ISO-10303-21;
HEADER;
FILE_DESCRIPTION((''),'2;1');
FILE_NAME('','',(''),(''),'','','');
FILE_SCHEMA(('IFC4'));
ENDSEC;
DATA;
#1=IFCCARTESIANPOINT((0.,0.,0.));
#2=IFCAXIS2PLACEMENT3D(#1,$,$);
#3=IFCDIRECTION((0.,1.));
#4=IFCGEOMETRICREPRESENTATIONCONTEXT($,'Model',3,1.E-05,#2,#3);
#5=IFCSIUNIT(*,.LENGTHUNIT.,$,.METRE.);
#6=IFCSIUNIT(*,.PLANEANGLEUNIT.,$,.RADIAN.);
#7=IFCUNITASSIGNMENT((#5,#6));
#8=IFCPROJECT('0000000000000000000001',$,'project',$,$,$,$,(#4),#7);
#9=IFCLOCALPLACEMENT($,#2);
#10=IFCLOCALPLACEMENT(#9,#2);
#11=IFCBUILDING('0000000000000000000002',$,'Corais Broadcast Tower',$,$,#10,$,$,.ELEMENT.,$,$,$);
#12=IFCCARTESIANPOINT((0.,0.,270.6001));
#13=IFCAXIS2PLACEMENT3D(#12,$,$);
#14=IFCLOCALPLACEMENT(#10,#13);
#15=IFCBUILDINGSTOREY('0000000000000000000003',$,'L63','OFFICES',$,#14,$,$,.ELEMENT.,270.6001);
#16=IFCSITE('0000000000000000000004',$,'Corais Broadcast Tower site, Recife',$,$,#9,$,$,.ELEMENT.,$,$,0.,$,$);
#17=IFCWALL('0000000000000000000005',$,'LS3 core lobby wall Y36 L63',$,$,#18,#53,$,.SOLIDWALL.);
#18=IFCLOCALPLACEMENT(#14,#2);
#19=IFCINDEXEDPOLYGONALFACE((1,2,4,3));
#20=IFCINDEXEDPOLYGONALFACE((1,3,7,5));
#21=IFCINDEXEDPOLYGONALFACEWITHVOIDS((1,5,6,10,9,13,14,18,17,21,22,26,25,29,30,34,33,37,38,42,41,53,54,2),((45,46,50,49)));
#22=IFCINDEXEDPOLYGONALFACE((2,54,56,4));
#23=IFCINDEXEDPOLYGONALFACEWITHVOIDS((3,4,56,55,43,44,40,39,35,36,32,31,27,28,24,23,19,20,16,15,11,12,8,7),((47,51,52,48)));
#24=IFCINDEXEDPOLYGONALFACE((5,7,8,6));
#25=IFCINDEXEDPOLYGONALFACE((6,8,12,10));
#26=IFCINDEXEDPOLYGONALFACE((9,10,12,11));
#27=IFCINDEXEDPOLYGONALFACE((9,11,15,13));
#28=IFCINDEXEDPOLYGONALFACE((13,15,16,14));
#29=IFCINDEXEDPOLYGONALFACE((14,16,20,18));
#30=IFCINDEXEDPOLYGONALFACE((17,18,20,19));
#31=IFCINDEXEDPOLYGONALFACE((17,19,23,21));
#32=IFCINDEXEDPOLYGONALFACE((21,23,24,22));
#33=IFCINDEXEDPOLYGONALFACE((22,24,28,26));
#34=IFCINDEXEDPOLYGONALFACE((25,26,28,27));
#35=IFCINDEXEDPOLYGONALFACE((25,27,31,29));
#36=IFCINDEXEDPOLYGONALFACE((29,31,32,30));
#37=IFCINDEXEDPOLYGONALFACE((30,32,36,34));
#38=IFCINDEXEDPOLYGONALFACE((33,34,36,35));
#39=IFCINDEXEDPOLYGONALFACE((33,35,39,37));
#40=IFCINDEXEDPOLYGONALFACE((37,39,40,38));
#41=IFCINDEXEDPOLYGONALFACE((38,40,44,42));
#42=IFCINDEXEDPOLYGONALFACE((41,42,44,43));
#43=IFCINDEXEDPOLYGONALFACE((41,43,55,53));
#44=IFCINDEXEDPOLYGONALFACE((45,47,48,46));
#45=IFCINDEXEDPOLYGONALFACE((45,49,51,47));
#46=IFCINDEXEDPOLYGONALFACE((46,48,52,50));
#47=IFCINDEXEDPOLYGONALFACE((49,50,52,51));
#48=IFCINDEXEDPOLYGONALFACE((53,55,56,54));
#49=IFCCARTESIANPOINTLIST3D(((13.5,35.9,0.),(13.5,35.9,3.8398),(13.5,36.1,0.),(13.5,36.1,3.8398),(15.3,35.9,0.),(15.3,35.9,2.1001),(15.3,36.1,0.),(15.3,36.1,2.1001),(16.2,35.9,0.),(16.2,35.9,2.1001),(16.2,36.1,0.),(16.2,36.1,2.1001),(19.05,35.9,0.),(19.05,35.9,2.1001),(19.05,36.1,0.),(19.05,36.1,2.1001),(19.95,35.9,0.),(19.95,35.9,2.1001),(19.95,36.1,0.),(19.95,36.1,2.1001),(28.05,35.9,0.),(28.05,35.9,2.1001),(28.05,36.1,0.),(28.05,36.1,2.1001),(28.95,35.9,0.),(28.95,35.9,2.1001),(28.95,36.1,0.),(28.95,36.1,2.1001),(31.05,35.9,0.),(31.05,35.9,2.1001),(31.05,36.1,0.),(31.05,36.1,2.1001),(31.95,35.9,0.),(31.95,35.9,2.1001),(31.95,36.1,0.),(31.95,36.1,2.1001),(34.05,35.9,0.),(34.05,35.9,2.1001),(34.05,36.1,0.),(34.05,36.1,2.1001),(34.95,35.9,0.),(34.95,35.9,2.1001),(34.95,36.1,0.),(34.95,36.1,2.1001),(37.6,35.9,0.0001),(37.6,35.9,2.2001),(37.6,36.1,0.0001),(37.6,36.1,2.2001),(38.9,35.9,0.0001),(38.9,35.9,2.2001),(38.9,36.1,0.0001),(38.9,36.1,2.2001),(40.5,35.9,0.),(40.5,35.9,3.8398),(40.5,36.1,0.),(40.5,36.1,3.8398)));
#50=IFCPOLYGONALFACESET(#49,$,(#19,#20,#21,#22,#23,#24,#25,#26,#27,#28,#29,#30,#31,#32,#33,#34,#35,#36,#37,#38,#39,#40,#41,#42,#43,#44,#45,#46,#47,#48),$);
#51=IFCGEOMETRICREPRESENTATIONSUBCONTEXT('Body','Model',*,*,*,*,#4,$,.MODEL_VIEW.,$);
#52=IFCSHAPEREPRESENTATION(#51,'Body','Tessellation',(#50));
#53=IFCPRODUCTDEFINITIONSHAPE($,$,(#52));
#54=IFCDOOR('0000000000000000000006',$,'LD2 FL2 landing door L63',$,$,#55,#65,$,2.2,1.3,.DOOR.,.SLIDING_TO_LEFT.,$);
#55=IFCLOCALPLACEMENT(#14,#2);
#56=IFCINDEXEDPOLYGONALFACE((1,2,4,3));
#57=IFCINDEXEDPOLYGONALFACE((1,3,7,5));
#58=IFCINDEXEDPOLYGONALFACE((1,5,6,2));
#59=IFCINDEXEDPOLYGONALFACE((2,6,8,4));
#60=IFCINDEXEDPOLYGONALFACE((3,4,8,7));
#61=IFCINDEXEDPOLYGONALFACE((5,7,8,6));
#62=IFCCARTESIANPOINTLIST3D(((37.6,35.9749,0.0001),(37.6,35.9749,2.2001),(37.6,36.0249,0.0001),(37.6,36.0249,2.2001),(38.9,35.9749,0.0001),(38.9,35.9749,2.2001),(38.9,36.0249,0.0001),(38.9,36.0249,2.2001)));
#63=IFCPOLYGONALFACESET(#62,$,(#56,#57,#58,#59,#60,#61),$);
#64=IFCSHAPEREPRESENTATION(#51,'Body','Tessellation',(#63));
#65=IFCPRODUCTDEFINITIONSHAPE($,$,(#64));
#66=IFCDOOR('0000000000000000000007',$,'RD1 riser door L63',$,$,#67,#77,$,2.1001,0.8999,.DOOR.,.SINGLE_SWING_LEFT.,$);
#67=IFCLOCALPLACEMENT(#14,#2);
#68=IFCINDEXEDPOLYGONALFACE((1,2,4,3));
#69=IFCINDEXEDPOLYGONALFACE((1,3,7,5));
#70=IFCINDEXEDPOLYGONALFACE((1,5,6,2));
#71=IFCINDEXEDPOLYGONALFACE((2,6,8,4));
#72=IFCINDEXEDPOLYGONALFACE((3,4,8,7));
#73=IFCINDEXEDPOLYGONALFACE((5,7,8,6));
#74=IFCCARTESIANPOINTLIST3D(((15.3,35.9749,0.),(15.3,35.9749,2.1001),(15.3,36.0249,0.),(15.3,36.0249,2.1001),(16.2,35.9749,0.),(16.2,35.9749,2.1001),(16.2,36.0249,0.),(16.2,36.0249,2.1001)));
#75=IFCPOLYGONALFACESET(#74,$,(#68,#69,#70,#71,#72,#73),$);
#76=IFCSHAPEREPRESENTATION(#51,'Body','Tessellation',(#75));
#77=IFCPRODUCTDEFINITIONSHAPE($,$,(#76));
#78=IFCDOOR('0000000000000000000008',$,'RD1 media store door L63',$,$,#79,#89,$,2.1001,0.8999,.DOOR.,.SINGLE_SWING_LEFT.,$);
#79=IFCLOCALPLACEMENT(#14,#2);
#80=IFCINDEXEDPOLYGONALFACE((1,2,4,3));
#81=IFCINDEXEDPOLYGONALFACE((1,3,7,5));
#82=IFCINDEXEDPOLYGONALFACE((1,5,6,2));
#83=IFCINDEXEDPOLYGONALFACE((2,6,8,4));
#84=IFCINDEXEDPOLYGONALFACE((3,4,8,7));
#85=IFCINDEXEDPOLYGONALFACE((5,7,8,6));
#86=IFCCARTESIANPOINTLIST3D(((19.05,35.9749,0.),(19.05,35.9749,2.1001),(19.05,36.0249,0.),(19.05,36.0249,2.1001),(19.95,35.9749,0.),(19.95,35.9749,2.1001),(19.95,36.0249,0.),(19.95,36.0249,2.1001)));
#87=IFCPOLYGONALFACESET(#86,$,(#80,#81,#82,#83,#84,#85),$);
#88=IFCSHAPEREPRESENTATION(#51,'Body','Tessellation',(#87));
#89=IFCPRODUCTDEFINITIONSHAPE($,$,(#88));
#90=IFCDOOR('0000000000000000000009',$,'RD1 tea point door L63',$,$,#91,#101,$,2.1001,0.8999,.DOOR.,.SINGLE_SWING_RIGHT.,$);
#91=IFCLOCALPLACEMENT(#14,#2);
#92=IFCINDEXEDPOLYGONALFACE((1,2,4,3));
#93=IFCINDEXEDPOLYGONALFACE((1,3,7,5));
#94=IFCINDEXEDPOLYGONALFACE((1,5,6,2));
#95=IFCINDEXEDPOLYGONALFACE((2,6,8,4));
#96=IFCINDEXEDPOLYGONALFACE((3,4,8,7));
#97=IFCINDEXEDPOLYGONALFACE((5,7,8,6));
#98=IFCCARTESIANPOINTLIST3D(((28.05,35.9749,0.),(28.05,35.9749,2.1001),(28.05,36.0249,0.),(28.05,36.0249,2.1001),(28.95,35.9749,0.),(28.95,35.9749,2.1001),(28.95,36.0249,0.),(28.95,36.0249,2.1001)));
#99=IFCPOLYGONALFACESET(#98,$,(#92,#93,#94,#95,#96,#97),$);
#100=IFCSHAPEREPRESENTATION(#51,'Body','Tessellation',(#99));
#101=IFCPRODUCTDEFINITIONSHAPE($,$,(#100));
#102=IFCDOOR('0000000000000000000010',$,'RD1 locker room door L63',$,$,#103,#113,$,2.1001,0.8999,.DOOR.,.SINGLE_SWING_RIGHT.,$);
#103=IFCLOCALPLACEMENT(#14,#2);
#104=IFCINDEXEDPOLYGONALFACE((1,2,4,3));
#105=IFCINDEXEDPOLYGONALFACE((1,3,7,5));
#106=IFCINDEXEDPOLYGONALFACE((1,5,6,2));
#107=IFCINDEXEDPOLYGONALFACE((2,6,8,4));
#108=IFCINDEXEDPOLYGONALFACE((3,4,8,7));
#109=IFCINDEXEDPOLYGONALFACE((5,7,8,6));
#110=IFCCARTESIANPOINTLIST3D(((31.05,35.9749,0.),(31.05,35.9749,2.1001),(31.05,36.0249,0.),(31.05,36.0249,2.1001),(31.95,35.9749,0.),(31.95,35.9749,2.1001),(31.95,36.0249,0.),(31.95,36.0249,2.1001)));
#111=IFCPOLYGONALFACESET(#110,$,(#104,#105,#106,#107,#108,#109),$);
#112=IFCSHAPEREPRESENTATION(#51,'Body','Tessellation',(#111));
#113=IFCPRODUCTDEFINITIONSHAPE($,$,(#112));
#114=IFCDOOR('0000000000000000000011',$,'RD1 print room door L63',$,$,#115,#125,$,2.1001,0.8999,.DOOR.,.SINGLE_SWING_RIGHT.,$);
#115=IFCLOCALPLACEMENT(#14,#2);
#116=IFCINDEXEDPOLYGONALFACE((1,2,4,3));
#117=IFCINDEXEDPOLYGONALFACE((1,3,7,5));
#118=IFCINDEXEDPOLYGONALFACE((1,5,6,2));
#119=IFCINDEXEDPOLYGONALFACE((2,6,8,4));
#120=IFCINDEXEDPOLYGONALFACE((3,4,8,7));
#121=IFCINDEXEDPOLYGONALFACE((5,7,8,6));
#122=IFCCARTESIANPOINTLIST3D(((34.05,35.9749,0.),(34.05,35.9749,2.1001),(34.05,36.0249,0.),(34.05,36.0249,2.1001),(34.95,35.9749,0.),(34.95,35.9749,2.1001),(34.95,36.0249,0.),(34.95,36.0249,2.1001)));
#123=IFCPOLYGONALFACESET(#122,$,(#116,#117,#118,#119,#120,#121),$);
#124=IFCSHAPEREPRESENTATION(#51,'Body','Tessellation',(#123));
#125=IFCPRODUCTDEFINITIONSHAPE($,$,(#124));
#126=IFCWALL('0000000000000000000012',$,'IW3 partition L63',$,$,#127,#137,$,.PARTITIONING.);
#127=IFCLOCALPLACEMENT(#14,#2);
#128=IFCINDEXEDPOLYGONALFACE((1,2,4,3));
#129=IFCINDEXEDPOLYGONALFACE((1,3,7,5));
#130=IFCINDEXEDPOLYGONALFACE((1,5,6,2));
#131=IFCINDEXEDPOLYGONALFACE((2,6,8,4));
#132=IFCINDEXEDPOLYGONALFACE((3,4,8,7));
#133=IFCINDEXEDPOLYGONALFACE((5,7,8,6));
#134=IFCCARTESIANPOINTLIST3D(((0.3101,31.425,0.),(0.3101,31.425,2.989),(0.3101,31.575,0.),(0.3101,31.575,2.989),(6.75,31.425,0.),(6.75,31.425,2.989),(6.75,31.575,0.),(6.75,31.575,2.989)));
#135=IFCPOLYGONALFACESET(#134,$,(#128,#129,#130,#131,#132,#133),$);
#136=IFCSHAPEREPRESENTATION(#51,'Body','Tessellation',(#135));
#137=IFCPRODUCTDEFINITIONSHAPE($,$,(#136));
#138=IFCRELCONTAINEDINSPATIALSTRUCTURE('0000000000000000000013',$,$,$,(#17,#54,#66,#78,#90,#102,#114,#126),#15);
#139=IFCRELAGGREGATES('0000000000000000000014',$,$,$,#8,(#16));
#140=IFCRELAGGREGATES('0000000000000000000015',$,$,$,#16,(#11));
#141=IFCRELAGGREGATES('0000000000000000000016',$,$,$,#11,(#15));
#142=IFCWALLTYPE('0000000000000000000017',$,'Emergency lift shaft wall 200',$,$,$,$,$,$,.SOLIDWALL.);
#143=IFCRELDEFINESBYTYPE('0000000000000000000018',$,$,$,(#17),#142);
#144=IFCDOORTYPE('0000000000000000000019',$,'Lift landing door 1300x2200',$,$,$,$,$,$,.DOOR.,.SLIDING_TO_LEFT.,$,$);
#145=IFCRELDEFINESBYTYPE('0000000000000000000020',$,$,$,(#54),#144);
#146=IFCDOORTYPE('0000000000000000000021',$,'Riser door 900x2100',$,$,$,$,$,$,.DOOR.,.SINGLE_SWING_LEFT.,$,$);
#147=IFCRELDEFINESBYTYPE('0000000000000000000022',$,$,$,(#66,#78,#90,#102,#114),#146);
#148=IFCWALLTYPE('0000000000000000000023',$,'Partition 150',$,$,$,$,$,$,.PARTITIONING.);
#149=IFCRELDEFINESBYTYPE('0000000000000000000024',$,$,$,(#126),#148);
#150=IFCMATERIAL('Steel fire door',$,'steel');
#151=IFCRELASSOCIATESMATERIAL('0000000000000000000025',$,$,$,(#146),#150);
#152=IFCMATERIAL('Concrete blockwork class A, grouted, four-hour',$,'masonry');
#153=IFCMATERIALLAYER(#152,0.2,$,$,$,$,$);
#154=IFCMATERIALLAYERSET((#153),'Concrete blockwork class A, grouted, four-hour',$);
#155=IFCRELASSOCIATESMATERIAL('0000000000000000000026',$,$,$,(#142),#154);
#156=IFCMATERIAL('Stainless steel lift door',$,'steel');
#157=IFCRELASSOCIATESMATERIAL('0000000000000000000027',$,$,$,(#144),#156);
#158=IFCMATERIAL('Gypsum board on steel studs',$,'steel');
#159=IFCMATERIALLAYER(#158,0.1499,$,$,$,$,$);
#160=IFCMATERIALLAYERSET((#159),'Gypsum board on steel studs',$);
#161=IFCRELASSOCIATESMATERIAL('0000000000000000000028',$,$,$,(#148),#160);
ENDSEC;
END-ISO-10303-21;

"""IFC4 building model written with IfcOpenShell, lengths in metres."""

from ifc_helpers import new_model, si_unit, direction, frame, frame_2d, origin, place, context, subcontext, project, spatial, rectangle, extrude, material, layer, layer_set, type_object, element, fill, save


model = new_model("IFC4")

# Units and contexts
model_context = context("Model", 3, precision=1e-05, world=origin(), true_north=direction((0.0, 1.0)))
body_context = subcontext(model_context, "Body", "Model", "MODEL_VIEW")
ifc_project = project(units=[si_unit("LENGTHUNIT", "METRE"), si_unit("PLANEANGLEUNIT", "RADIAN")], contexts=[model_context])

# Site, building, storey
site_placement = place(None, origin())
site = spatial("IfcSite", under=ifc_project, at=site_placement, Name="Corais Broadcast Tower site, Recife", CompositionType="ELEMENT", RefElevation=0.0)
building_placement = place(site_placement, origin())
building = spatial("IfcBuilding", under=site, at=building_placement, Name="Corais Broadcast Tower", CompositionType="ELEMENT")
storey_placement = place(building_placement, frame((0.0, 0.0, 270.6001)))
storey = spatial("IfcBuildingStorey", under=building, at=storey_placement, Name="L63", Description="OFFICES", CompositionType="ELEMENT", Elevation=270.6001)

# Wall, openings, doors
ifc_material_1 = material(Name="Steel fire door", Category="steel")
door_type_1 = type_object("IfcDoorType", Name="Riser door 900x2100", OperationType="SINGLE_SWING_LEFT", PredefinedType="DOOR", material=ifc_material_1)
ifc_material_2 = material(Name="Concrete blockwork class A, grouted, four-hour", Category="masonry")
ifc_layer_1 = layer(ifc_material_2, 0.2)
ifc_layer_set_1 = layer_set([ifc_layer_1], Name="Concrete blockwork class A, grouted, four-hour")
wall_type_1 = type_object("IfcWallType", Name="Emergency lift shaft wall 200", PredefinedType="SOLIDWALL", material=ifc_layer_set_1)
wall_1_placement = place(storey_placement, frame((13.5, 36.0, 0.0), z_axis=(0.0, 0.0, 1.0), x_axis=(1.0, 0.0, 0.0)))
wall_1 = element("IfcWall", 1, at=wall_1_placement, inside=storey, type_object=wall_type_1, Name="LS3 core lobby wall Y36 L63", PredefinedType="SOLIDWALL", context=body_context, shape_type="SweptSolid", body=[
    extrude(rectangle(XDim=27.0, YDim=0.2, at=frame_2d((13.5, 0.0))), origin(), (0.0, 0.0, 1.0), 3.8398),
])
opening_1_placement = place(wall_1_placement, frame((1.8, 0.0, 0.0)))
opening_1 = element("IfcOpeningElement", 2, at=opening_1_placement, cuts=wall_1, PredefinedType="OPENING", context=body_context, shape_type="SweptSolid", body=[
    extrude(rectangle(XDim=0.8999, YDim=2.1001, at=frame_2d((0.45, 1.05))), frame((0.0, 0.1099, 0.0), z_axis=(0.0, -1.0, 0.0), x_axis=(1.0, 0.0, 0.0)), (0.0, 0.0, 1.0), 0.22),
])
opening_2_placement = place(wall_1_placement, frame((5.55, 0.0, 0.0)))
opening_2 = element("IfcOpeningElement", 3, at=opening_2_placement, cuts=wall_1, PredefinedType="OPENING", context=body_context, shape_type="SweptSolid", body=[
    extrude(rectangle(XDim=0.8999, YDim=2.1001, at=frame_2d((0.45, 1.05))), frame((0.0, 0.1099, 0.0), z_axis=(0.0, -1.0, 0.0), x_axis=(1.0, 0.0, 0.0)), (0.0, 0.0, 1.0), 0.22),
])
opening_3_placement = place(wall_1_placement, frame((14.55, 0.0, 0.0)))
opening_3 = element("IfcOpeningElement", 4, at=opening_3_placement, cuts=wall_1, PredefinedType="OPENING", context=body_context, shape_type="SweptSolid", body=[
    extrude(rectangle(XDim=0.8999, YDim=2.1001, at=frame_2d((0.45, 1.05))), frame((0.0, 0.1099, 0.0), z_axis=(0.0, -1.0, 0.0), x_axis=(1.0, 0.0, 0.0)), (0.0, 0.0, 1.0), 0.22),
])
opening_4_placement = place(wall_1_placement, frame((17.55, 0.0, 0.0)))
opening_4 = element("IfcOpeningElement", 5, at=opening_4_placement, cuts=wall_1, PredefinedType="OPENING", context=body_context, shape_type="SweptSolid", body=[
    extrude(rectangle(XDim=0.8999, YDim=2.1001, at=frame_2d((0.45, 1.05))), frame((0.0, 0.1099, 0.0), z_axis=(0.0, -1.0, 0.0), x_axis=(1.0, 0.0, 0.0)), (0.0, 0.0, 1.0), 0.22),
])
opening_5_placement = place(wall_1_placement, frame((20.55, 0.0, 0.0)))
opening_5 = element("IfcOpeningElement", 6, at=opening_5_placement, cuts=wall_1, PredefinedType="OPENING", context=body_context, shape_type="SweptSolid", body=[
    extrude(rectangle(XDim=0.8999, YDim=2.1001, at=frame_2d((0.45, 1.05))), frame((0.0, 0.1099, 0.0), z_axis=(0.0, -1.0, 0.0), x_axis=(1.0, 0.0, 0.0)), (0.0, 0.0, 1.0), 0.22),
])
opening_6_placement = place(wall_1_placement, frame((24.1001, 0.0, 0.0)))
opening_6 = element("IfcOpeningElement", 7, at=opening_6_placement, cuts=wall_1, PredefinedType="OPENING", context=body_context, shape_type="SweptSolid", body=[
    extrude(rectangle(XDim=1.3, YDim=2.2, at=frame_2d((0.6499, 1.1001))), frame((0.0, 0.1099, 0.0), z_axis=(0.0, -1.0, 0.0), x_axis=(1.0, 0.0, 0.0)), (0.0, 0.0, 1.0), 0.22),
])
ifc_material_3 = material(Name="Stainless steel lift door", Category="steel")
door_type_2 = type_object("IfcDoorType", Name="Lift landing door 1300x2200", OperationType="SLIDING_TO_LEFT", PredefinedType="DOOR", material=ifc_material_3)
door_1_placement = place(opening_6_placement, origin())
door_1 = element("IfcDoor", 8, at=door_1_placement, inside=storey, type_object=door_type_2, Name="LD2 FL2 landing door L63", OperationType="SLIDING_TO_LEFT", OverallHeight=2.2, OverallWidth=1.3, PredefinedType="DOOR", context=body_context, shape_type="SweptSolid", body=[
    extrude(rectangle(XDim=1.3, YDim=2.2, at=frame_2d((0.6499, 1.1001))), frame((0.0, 0.0249, 0.0), z_axis=(0.0, -1.0, 0.0), x_axis=(1.0, 0.0, 0.0)), (0.0, 0.0, 1.0), 0.05),
])
fill(opening_6, door_1)
door_2_placement = place(opening_1_placement, origin())
door_2 = element("IfcDoor", 9, at=door_2_placement, inside=storey, type_object=door_type_1, Name="RD1 riser door L63", OperationType="SINGLE_SWING_LEFT", OverallHeight=2.1001, OverallWidth=0.8999, PredefinedType="DOOR", context=body_context, shape_type="SweptSolid", body=[
    extrude(rectangle(XDim=0.8999, YDim=2.1001, at=frame_2d((0.45, 1.05))), frame((0.0, 0.0249, 0.0), z_axis=(0.0, -1.0, 0.0), x_axis=(1.0, 0.0, 0.0)), (0.0, 0.0, 1.0), 0.05),
])
fill(opening_1, door_2)
door_3_placement = place(opening_2_placement, origin())
door_3 = element("IfcDoor", 10, at=door_3_placement, inside=storey, type_object=door_type_1, Name="RD1 media store door L63", OperationType="SINGLE_SWING_LEFT", OverallHeight=2.1001, OverallWidth=0.8999, PredefinedType="DOOR", context=body_context, shape_type="SweptSolid", body=[
    extrude(rectangle(XDim=0.8999, YDim=2.1001, at=frame_2d((0.45, 1.05))), frame((0.0, 0.0249, 0.0), z_axis=(0.0, -1.0, 0.0), x_axis=(1.0, 0.0, 0.0)), (0.0, 0.0, 1.0), 0.05),
])
fill(opening_2, door_3)
door_4_placement = place(opening_3_placement, origin())
door_4 = element("IfcDoor", 11, at=door_4_placement, inside=storey, type_object=door_type_1, Name="RD1 tea point door L63", OperationType="SINGLE_SWING_RIGHT", OverallHeight=2.1001, OverallWidth=0.8999, PredefinedType="DOOR", context=body_context, shape_type="SweptSolid", body=[
    extrude(rectangle(XDim=0.8999, YDim=2.1001, at=frame_2d((0.45, 1.05))), frame((0.0, 0.0249, 0.0), z_axis=(0.0, -1.0, 0.0), x_axis=(1.0, 0.0, 0.0)), (0.0, 0.0, 1.0), 0.05),
])
fill(opening_3, door_4)
door_5_placement = place(opening_4_placement, origin())
door_5 = element("IfcDoor", 12, at=door_5_placement, inside=storey, type_object=door_type_1, Name="RD1 locker room door L63", OperationType="SINGLE_SWING_RIGHT", OverallHeight=2.1001, OverallWidth=0.8999, PredefinedType="DOOR", context=body_context, shape_type="SweptSolid", body=[
    extrude(rectangle(XDim=0.8999, YDim=2.1001, at=frame_2d((0.45, 1.05))), frame((0.0, 0.0249, 0.0), z_axis=(0.0, -1.0, 0.0), x_axis=(1.0, 0.0, 0.0)), (0.0, 0.0, 1.0), 0.05),
])
fill(opening_4, door_5)
door_6_placement = place(opening_5_placement, origin())
door_6 = element("IfcDoor", 13, at=door_6_placement, inside=storey, type_object=door_type_1, Name="RD1 print room door L63", OperationType="SINGLE_SWING_RIGHT", OverallHeight=2.1001, OverallWidth=0.8999, PredefinedType="DOOR", context=body_context, shape_type="SweptSolid", body=[
    extrude(rectangle(XDim=0.8999, YDim=2.1001, at=frame_2d((0.45, 1.05))), frame((0.0, 0.0249, 0.0), z_axis=(0.0, -1.0, 0.0), x_axis=(1.0, 0.0, 0.0)), (0.0, 0.0, 1.0), 0.05),
])
fill(opening_5, door_6)

# Wall
ifc_material_4 = material(Name="Gypsum board on steel studs", Category="steel")
ifc_layer_2 = layer(ifc_material_4, 0.1499)
ifc_layer_set_2 = layer_set([ifc_layer_2], Name="Gypsum board on steel studs")
wall_type_2 = type_object("IfcWallType", Name="Partition 150", PredefinedType="PARTITIONING", material=ifc_layer_set_2)
wall_2_placement = place(storey_placement, frame((6.75, 31.5, 0.0), z_axis=(0.0, 0.0, 1.0), x_axis=(-1.0, 0.0, 0.0)))
element("IfcWall", 14, at=wall_2_placement, inside=storey, type_object=wall_type_2, Name="IW3 partition L63", PredefinedType="PARTITIONING", context=body_context, shape_type="SweptSolid", body=[
    extrude(rectangle(XDim=6.4399, YDim=0.1499, at=frame_2d((3.22, 0.0))), origin(), (0.0, 0.0, 1.0), 2.989),
])

save(model, "model.ifc")
